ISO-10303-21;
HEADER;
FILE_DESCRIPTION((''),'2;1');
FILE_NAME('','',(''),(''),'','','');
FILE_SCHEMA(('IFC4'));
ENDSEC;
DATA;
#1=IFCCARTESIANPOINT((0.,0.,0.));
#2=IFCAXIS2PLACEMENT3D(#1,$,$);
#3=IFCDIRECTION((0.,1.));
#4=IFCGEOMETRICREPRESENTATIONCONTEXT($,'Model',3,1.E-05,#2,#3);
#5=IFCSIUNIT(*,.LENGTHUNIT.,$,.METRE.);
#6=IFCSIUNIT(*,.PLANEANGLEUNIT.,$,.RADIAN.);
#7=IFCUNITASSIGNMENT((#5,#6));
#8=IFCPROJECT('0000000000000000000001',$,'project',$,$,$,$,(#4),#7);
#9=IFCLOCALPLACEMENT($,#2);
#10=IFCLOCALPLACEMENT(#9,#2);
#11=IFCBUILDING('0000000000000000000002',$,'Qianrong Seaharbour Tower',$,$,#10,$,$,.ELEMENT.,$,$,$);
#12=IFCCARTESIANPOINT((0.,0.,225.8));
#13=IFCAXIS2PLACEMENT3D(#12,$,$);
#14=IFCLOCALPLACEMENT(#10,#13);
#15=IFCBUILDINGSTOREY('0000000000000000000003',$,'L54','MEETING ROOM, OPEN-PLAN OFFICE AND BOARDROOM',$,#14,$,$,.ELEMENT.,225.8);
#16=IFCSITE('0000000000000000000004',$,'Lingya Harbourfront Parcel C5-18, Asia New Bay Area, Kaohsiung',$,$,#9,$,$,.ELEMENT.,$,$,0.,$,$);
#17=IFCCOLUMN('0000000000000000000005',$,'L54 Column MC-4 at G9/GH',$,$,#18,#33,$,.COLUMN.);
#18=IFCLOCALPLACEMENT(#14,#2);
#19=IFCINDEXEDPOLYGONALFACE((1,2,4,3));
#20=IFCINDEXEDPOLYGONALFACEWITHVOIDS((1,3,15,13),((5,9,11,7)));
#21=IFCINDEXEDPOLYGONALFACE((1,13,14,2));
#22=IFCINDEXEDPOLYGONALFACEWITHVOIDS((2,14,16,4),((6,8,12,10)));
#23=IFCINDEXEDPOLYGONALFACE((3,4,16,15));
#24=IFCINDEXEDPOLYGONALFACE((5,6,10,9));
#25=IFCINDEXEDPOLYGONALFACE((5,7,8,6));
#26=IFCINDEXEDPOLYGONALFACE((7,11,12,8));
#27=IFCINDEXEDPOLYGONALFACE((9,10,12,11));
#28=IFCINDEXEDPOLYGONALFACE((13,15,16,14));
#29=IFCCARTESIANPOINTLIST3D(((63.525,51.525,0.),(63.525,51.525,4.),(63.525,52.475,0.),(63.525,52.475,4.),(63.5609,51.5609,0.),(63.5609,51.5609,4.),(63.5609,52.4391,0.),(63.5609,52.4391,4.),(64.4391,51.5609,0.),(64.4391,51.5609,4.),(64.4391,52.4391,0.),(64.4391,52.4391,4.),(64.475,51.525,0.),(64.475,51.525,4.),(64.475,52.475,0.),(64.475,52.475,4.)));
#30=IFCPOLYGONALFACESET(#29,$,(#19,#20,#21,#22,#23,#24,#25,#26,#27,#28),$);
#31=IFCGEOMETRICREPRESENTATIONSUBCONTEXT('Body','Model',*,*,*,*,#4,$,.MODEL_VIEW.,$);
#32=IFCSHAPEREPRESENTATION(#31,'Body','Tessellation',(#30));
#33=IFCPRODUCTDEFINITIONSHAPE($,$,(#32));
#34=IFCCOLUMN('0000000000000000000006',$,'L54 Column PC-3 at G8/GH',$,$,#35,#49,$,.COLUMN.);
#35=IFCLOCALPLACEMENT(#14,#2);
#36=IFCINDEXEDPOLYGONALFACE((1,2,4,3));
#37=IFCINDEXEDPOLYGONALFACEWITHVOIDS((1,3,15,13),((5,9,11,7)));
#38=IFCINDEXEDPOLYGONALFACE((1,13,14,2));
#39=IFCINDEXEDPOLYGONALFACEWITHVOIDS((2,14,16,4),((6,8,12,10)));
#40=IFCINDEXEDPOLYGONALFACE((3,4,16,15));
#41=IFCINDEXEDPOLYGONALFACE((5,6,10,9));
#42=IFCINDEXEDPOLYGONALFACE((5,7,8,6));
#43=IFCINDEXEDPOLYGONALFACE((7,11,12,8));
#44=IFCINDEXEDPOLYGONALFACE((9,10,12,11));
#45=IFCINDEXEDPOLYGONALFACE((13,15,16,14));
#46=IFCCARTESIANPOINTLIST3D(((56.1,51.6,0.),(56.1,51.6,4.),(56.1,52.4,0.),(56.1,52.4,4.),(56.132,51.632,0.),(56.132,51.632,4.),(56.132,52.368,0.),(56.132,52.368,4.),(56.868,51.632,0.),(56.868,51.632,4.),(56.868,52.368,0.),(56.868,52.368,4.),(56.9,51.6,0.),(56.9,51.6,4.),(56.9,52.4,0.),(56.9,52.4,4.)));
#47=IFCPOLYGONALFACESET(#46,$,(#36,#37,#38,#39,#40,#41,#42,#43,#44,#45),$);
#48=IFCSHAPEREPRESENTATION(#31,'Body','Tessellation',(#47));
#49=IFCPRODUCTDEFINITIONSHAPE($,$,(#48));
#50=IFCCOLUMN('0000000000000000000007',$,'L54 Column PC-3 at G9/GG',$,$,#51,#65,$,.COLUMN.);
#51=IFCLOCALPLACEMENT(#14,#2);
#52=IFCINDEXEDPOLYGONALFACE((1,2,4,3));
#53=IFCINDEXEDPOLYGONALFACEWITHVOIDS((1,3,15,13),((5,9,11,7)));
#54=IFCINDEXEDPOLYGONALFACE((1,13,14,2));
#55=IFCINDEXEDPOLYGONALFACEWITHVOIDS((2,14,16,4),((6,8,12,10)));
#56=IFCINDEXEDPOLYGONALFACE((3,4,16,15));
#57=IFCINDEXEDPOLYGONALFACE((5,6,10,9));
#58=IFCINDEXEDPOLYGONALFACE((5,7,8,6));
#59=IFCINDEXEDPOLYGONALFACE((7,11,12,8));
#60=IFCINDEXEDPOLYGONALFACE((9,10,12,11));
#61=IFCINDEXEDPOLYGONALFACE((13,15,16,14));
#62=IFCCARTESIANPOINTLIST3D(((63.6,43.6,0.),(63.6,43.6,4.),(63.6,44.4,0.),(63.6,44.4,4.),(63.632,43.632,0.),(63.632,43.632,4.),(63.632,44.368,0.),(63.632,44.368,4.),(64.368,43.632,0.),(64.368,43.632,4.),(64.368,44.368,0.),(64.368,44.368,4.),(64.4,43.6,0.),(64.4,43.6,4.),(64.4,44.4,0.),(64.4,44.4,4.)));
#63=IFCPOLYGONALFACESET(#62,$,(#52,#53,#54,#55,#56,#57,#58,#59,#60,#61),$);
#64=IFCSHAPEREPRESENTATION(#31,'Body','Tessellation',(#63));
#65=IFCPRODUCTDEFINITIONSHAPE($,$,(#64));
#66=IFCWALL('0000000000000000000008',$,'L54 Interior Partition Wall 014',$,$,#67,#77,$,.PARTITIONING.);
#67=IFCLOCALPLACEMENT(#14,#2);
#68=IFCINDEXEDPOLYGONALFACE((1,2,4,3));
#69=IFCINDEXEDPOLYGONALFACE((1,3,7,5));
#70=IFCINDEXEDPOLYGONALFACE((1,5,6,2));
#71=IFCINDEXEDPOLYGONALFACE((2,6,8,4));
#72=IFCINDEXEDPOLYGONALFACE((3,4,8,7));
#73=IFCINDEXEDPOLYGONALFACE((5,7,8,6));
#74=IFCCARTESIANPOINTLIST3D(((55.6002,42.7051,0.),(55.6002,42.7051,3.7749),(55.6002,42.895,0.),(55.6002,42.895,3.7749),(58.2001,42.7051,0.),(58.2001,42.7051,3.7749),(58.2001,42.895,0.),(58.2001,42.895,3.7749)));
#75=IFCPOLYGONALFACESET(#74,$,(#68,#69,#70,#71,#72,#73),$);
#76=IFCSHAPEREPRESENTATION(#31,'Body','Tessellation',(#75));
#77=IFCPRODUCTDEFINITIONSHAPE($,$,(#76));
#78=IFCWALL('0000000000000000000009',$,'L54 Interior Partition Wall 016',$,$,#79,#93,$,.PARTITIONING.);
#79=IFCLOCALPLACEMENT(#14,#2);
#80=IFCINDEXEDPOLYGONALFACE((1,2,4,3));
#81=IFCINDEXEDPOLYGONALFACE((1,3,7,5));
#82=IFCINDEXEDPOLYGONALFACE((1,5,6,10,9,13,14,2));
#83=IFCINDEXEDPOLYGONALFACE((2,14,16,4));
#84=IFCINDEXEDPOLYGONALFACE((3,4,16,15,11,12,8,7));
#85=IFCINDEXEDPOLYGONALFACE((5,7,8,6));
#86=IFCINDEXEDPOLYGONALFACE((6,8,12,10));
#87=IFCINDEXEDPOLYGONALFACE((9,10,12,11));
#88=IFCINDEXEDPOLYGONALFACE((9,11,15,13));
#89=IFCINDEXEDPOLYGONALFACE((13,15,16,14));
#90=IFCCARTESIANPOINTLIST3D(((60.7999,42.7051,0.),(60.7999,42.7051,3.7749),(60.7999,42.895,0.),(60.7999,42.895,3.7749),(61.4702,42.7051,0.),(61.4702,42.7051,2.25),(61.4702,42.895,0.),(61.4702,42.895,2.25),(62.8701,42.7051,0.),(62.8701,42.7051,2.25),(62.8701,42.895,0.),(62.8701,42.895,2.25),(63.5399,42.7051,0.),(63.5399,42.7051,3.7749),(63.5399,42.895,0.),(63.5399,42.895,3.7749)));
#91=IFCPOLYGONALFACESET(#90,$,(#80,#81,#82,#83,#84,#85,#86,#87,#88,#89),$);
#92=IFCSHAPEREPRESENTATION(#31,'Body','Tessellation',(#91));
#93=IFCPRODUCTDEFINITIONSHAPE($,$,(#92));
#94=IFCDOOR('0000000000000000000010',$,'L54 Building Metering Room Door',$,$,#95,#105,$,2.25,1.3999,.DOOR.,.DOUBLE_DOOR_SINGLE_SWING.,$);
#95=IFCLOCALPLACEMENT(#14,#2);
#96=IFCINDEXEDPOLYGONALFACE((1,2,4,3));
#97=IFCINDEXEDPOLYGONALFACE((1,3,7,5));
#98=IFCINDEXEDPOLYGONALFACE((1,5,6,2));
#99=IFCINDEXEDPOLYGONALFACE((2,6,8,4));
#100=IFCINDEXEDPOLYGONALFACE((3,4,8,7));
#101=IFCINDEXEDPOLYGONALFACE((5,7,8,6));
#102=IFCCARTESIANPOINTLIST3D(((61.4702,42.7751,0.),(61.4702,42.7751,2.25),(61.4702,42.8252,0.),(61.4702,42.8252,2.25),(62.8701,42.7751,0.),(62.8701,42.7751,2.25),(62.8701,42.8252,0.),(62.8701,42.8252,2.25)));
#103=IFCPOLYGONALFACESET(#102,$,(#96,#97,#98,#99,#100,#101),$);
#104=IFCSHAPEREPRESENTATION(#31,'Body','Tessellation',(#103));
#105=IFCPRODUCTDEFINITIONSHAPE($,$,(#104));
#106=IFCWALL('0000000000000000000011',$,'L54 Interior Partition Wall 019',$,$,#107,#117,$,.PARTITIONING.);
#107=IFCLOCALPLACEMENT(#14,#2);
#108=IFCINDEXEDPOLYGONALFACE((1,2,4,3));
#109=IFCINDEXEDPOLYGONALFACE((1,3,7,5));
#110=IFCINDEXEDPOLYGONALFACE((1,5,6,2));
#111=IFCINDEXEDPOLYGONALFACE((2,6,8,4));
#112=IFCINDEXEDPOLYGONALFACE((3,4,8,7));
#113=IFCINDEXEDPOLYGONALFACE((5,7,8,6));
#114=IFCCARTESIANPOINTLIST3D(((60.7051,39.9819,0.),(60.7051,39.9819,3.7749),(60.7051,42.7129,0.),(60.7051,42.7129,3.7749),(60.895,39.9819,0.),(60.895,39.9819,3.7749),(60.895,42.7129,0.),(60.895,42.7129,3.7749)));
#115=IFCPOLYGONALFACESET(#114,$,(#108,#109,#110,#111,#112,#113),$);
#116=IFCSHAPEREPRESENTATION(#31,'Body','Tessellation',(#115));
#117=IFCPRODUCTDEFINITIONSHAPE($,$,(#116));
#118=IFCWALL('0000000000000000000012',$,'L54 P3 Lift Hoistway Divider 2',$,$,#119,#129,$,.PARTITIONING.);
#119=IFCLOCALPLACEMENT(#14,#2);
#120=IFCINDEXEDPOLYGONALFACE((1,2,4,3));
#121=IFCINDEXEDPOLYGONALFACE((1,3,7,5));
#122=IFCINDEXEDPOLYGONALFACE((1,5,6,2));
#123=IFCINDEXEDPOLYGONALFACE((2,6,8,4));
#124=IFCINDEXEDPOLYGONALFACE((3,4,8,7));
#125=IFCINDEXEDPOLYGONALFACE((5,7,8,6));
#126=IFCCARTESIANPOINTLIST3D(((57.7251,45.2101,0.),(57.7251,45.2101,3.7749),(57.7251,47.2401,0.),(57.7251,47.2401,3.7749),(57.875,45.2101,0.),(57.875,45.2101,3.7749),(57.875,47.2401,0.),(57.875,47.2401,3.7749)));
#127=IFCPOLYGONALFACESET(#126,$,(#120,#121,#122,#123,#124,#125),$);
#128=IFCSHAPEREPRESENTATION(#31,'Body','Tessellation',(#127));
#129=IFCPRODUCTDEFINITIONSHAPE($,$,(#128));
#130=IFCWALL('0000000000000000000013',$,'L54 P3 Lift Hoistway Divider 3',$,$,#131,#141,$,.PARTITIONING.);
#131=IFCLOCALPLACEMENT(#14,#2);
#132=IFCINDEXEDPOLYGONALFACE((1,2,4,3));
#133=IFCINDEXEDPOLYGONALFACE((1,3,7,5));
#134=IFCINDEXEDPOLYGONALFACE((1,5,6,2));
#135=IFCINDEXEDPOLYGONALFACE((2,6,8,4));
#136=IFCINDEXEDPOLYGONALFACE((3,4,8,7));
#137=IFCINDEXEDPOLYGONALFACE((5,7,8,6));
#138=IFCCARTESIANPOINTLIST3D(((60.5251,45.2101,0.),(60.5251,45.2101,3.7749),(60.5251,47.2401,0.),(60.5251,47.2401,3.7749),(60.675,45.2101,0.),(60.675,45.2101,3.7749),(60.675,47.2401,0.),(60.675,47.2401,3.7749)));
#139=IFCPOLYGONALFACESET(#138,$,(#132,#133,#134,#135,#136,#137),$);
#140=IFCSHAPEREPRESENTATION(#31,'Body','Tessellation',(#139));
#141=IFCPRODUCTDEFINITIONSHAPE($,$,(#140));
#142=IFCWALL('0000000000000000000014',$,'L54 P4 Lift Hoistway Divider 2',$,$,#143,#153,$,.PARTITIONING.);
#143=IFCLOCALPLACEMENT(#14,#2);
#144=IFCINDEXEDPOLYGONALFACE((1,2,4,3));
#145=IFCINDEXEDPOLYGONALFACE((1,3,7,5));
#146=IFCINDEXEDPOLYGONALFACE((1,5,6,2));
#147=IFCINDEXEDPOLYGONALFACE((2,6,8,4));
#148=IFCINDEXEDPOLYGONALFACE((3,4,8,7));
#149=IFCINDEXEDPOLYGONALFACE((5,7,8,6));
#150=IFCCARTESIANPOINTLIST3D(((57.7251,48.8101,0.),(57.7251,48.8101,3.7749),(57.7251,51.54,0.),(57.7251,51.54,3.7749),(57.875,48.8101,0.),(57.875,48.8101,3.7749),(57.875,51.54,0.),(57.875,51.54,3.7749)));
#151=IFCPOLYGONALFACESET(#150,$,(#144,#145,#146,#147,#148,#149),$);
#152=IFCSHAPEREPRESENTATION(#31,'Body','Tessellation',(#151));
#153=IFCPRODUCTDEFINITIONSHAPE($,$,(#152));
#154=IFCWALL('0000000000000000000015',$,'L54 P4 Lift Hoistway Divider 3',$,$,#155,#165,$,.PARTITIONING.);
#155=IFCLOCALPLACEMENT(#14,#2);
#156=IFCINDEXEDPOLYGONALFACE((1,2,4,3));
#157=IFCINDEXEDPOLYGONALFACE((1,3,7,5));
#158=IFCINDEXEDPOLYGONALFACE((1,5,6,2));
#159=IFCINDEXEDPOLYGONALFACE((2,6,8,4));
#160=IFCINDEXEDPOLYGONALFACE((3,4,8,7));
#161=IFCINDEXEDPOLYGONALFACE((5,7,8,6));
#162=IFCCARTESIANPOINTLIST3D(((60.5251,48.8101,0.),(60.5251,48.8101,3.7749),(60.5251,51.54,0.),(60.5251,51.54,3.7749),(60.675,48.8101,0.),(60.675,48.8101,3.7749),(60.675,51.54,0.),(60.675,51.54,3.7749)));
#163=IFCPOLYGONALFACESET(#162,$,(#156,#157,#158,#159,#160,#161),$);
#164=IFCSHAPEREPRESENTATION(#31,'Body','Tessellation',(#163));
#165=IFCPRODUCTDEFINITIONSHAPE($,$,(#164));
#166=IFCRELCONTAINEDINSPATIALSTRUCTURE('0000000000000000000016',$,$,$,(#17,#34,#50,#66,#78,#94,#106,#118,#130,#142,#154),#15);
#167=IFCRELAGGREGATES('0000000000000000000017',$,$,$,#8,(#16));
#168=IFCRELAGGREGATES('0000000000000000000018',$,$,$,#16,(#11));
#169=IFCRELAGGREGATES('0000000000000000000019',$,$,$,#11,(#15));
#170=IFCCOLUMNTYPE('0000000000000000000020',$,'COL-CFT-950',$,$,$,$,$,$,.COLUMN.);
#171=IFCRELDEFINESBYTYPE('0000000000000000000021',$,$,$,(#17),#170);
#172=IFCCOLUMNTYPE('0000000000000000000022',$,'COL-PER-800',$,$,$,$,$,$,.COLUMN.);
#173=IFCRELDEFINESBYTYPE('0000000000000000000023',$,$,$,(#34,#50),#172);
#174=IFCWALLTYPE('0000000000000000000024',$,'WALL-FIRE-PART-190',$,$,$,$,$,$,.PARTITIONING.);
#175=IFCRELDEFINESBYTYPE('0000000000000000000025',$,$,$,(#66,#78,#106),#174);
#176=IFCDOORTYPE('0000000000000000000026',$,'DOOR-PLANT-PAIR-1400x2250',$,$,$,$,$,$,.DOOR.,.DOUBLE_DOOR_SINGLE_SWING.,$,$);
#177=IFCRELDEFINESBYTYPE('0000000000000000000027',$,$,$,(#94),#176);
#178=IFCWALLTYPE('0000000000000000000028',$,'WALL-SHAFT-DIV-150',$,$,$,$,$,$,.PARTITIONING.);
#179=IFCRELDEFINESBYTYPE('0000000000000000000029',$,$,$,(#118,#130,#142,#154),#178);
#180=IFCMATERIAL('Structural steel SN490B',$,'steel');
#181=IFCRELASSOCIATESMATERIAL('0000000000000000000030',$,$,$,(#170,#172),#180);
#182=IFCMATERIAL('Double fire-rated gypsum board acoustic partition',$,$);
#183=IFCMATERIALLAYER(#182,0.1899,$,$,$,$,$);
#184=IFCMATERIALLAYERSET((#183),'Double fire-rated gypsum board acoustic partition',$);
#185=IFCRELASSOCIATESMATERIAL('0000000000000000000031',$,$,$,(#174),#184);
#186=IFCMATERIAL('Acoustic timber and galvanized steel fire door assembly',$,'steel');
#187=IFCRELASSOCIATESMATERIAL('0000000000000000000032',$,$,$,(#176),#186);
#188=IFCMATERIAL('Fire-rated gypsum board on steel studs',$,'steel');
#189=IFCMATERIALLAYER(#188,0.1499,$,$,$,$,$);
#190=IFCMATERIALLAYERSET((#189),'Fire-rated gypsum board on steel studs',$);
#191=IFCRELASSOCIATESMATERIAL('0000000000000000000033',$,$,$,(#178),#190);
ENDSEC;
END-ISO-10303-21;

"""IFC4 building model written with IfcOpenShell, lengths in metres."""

from ifc_helpers import new_model, si_unit, direction, frame, frame_2d, origin, origin_2d, place, context, subcontext, project, spatial, rectangle, hollow_rectangle, extrude, material, layer, layer_set, material_profile, profile_set, type_object, element, fill, save


model = new_model("IFC4")

# Units and contexts
model_context = context("Model", 3, precision=1e-05, world=origin(), true_north=direction((0.0, 1.0)))
body_context = subcontext(model_context, "Body", "Model", "MODEL_VIEW")
ifc_project = project(units=[si_unit("LENGTHUNIT", "METRE"), si_unit("PLANEANGLEUNIT", "RADIAN")], contexts=[model_context])

# Site, building, storey
site_placement = place(None, origin())
site = spatial("IfcSite", under=ifc_project, at=site_placement, Name="Lingya Harbourfront Parcel C5-18, Asia New Bay Area, Kaohsiung", CompositionType="ELEMENT", RefElevation=0.0)
building_placement = place(site_placement, origin())
building = spatial("IfcBuilding", under=site, at=building_placement, Name="Qianrong Seaharbour Tower", CompositionType="ELEMENT")
storey_placement = place(building_placement, frame((0.0, 0.0, 225.8)))
storey = spatial("IfcBuildingStorey", under=building, at=storey_placement, Name="L54", Description="MEETING ROOM, OPEN-PLAN OFFICE AND BOARDROOM", CompositionType="ELEMENT", Elevation=225.8)

# Columns
ifc_material_1 = material(Name="Structural steel SN490B", Category="steel")
ifc_material_profile_1 = material_profile(ifc_material_1, hollow_rectangle(XDim=0.95, YDim=0.95, WallThickness=0.0359, at=origin_2d()), Name="BOX950x950x36")
ifc_profile_set_1 = profile_set([ifc_material_profile_1], Name="Structural steel SN490B")
column_type_1 = type_object("IfcColumnType", Name="COL-CFT-950", PredefinedType="COLUMN", material=ifc_profile_set_1)
column_placement = place(storey_placement, frame((64.0, 52.0, 0.0), z_axis=(0.0, 0.0, 1.0), x_axis=(1.0, 0.0, 0.0)))
element("IfcColumn", 1, at=column_placement, inside=storey, type_object=column_type_1, Name="L54 Column MC-4 at G9/GH", PredefinedType="COLUMN", context=body_context, shape_type="SweptSolid", body=[
    extrude(hollow_rectangle(XDim=0.95, YDim=0.95, WallThickness=0.0359, at=origin_2d()), origin(), (0.0, 0.0, 1.0), 4.0),
])
ifc_material_profile_2 = material_profile(ifc_material_1, hollow_rectangle(XDim=0.8, YDim=0.8, WallThickness=0.032, at=origin_2d()), Name="BOX800x800x32")
ifc_profile_set_2 = profile_set([ifc_material_profile_2], Name="Structural steel SN490B")
column_type_2 = type_object("IfcColumnType", Name="COL-PER-800", PredefinedType="COLUMN", material=ifc_profile_set_2)
for number, where, z_axis, x_axis, name in (
    (2, (56.5, 52.0, 0.0), (0.0, 0.0, 1.0), (1.0, 0.0, 0.0), "L54 Column PC-3 at G8/GH"),
    (3, (64.0, 44.0, 0.0), (0.0, 0.0, 1.0), (1.0, 0.0, 0.0), "L54 Column PC-3 at G9/GG"),
):
    element("IfcColumn", number, at=place(storey_placement, frame(where, z_axis=z_axis, x_axis=x_axis)), inside=storey, type_object=column_type_2, Name=name, PredefinedType="COLUMN", context=body_context, shape_type="SweptSolid", body=[
        extrude(hollow_rectangle(XDim=0.8, YDim=0.8, WallThickness=0.032, at=origin_2d()), origin(), (0.0, 0.0, 1.0), 4.0),
    ])

# Shared definitions
ifc_material_2 = material(Name="Acoustic timber and galvanized steel fire door assembly", Category="steel")

# Wall
ifc_material_3 = material(Name="Double fire-rated gypsum board acoustic partition")
ifc_layer_1 = layer(ifc_material_3, 0.1899)
ifc_layer_set_1 = layer_set([ifc_layer_1], Name="Double fire-rated gypsum board acoustic partition")
wall_type_1 = type_object("IfcWallType", Name="WALL-FIRE-PART-190", PredefinedType="PARTITIONING", material=ifc_layer_set_1)
wall_1_placement = place(storey_placement, frame((58.2, 42.8, 0.0), z_axis=(0.0, 0.0, 1.0), x_axis=(-1.0, 0.0, 0.0)))
element("IfcWall", 4, at=wall_1_placement, inside=storey, type_object=wall_type_1, Name="L54 Interior Partition Wall 014", PredefinedType="PARTITIONING", context=body_context, shape_type="SweptSolid", body=[
    extrude(rectangle(XDim=2.5999, YDim=0.1899, at=frame_2d((1.2998, 0.0))), origin(), (0.0, 0.0, 1.0), 3.7749),
])

# Wall, opening, door
wall_2_placement = place(storey_placement, frame((63.54, 42.8, 0.0), z_axis=(0.0, 0.0, 1.0), x_axis=(-1.0, 0.0, 0.0)))
wall_2 = element("IfcWall", 5, at=wall_2_placement, inside=storey, type_object=wall_type_1, Name="L54 Interior Partition Wall 016", PredefinedType="PARTITIONING", context=body_context, shape_type="SweptSolid", body=[
    extrude(rectangle(XDim=2.74, YDim=0.1899, at=frame_2d((1.3701, 0.0))), origin(), (0.0, 0.0, 1.0), 3.7749),
])
opening_1_placement = place(wall_2_placement, frame((0.6699, 0.0, 0.0)))
opening_1 = element("IfcOpeningElement", 6, at=opening_1_placement, cuts=wall_2, PredefinedType="OPENING", context=body_context, shape_type="SweptSolid", body=[
    extrude(rectangle(XDim=1.3999, YDim=2.25, at=frame_2d((0.7, 1.125))), frame((0.0, 0.105, 0.0), z_axis=(0.0, -1.0, 0.0), x_axis=(1.0, 0.0, 0.0)), (0.0, 0.0, 1.0), 0.21),
])
door_type_1 = type_object("IfcDoorType", Name="DOOR-PLANT-PAIR-1400x2250", OperationType="DOUBLE_DOOR_SINGLE_SWING", PredefinedType="DOOR", material=ifc_material_2)
door_1_placement = place(opening_1_placement, origin())
door_1 = element("IfcDoor", 7, at=door_1_placement, inside=storey, type_object=door_type_1, Name="L54 Building Metering Room Door", OperationType="DOUBLE_DOOR_SINGLE_SWING", OverallHeight=2.25, OverallWidth=1.3999, PredefinedType="DOOR", context=body_context, shape_type="SweptSolid", body=[
    extrude(rectangle(XDim=1.3999, YDim=2.25, at=frame_2d((0.7, 1.125))), frame((0.0, 0.0249, 0.0), z_axis=(0.0, -1.0, 0.0), x_axis=(1.0, 0.0, 0.0)), (0.0, 0.0, 1.0), 0.05),
])
fill(opening_1, door_1)

# Walls
wall_3_placement = place(storey_placement, frame((60.8, 42.7129, 0.0), z_axis=(0.0, 0.0, 1.0), x_axis=(0.0, -1.0, 0.0)))
element("IfcWall", 8, at=wall_3_placement, inside=storey, type_object=wall_type_1, Name="L54 Interior Partition Wall 019", PredefinedType="PARTITIONING", context=body_context, shape_type="SweptSolid", body=[
    extrude(rectangle(XDim=2.731, YDim=0.1899, at=frame_2d((1.3655, 0.0))), origin(), (0.0, 0.0, 1.0), 3.7749),
])
ifc_material_4 = material(Name="Fire-rated gypsum board on steel studs", Category="steel")
ifc_layer_2 = layer(ifc_material_4, 0.1499)
ifc_layer_set_2 = layer_set([ifc_layer_2], Name="Fire-rated gypsum board on steel studs")
wall_type_2 = type_object("IfcWallType", Name="WALL-SHAFT-DIV-150", PredefinedType="PARTITIONING", material=ifc_layer_set_2)
for number, where, z_axis, x_axis, name in (
    (9, (57.8, 45.21, 0.0), (0.0, 0.0, 1.0), (0.0, 1.0, 0.0), "L54 P3 Lift Hoistway Divider 2"),
    (10, (60.6001, 45.21, 0.0), (0.0, 0.0, 1.0), (0.0, 1.0, 0.0), "L54 P3 Lift Hoistway Divider 3"),
):
    element("IfcWall", number, at=place(storey_placement, frame(where, z_axis=z_axis, x_axis=x_axis)), inside=storey, type_object=wall_type_2, Name=name, PredefinedType="PARTITIONING", context=body_context, shape_type="SweptSolid", body=[
        extrude(rectangle(XDim=2.03, YDim=0.1499, at=frame_2d((1.0151, 0.0))), origin(), (0.0, 0.0, 1.0), 3.7749),
    ])
for number, where, z_axis, x_axis, name in (
    (11, (57.8, 48.8101, 0.0), (0.0, 0.0, 1.0), (0.0, 1.0, 0.0), "L54 P4 Lift Hoistway Divider 2"),
    (12, (60.6001, 48.8101, 0.0), (0.0, 0.0, 1.0), (0.0, 1.0, 0.0), "L54 P4 Lift Hoistway Divider 3"),
):
    element("IfcWall", number, at=place(storey_placement, frame(where, z_axis=z_axis, x_axis=x_axis)), inside=storey, type_object=wall_type_2, Name=name, PredefinedType="PARTITIONING", context=body_context, shape_type="SweptSolid", body=[
        extrude(rectangle(XDim=2.73, YDim=0.1499, at=frame_2d((1.365, 0.0))), origin(), (0.0, 0.0, 1.0), 3.7749),
    ])

save(model, "model.ifc")
